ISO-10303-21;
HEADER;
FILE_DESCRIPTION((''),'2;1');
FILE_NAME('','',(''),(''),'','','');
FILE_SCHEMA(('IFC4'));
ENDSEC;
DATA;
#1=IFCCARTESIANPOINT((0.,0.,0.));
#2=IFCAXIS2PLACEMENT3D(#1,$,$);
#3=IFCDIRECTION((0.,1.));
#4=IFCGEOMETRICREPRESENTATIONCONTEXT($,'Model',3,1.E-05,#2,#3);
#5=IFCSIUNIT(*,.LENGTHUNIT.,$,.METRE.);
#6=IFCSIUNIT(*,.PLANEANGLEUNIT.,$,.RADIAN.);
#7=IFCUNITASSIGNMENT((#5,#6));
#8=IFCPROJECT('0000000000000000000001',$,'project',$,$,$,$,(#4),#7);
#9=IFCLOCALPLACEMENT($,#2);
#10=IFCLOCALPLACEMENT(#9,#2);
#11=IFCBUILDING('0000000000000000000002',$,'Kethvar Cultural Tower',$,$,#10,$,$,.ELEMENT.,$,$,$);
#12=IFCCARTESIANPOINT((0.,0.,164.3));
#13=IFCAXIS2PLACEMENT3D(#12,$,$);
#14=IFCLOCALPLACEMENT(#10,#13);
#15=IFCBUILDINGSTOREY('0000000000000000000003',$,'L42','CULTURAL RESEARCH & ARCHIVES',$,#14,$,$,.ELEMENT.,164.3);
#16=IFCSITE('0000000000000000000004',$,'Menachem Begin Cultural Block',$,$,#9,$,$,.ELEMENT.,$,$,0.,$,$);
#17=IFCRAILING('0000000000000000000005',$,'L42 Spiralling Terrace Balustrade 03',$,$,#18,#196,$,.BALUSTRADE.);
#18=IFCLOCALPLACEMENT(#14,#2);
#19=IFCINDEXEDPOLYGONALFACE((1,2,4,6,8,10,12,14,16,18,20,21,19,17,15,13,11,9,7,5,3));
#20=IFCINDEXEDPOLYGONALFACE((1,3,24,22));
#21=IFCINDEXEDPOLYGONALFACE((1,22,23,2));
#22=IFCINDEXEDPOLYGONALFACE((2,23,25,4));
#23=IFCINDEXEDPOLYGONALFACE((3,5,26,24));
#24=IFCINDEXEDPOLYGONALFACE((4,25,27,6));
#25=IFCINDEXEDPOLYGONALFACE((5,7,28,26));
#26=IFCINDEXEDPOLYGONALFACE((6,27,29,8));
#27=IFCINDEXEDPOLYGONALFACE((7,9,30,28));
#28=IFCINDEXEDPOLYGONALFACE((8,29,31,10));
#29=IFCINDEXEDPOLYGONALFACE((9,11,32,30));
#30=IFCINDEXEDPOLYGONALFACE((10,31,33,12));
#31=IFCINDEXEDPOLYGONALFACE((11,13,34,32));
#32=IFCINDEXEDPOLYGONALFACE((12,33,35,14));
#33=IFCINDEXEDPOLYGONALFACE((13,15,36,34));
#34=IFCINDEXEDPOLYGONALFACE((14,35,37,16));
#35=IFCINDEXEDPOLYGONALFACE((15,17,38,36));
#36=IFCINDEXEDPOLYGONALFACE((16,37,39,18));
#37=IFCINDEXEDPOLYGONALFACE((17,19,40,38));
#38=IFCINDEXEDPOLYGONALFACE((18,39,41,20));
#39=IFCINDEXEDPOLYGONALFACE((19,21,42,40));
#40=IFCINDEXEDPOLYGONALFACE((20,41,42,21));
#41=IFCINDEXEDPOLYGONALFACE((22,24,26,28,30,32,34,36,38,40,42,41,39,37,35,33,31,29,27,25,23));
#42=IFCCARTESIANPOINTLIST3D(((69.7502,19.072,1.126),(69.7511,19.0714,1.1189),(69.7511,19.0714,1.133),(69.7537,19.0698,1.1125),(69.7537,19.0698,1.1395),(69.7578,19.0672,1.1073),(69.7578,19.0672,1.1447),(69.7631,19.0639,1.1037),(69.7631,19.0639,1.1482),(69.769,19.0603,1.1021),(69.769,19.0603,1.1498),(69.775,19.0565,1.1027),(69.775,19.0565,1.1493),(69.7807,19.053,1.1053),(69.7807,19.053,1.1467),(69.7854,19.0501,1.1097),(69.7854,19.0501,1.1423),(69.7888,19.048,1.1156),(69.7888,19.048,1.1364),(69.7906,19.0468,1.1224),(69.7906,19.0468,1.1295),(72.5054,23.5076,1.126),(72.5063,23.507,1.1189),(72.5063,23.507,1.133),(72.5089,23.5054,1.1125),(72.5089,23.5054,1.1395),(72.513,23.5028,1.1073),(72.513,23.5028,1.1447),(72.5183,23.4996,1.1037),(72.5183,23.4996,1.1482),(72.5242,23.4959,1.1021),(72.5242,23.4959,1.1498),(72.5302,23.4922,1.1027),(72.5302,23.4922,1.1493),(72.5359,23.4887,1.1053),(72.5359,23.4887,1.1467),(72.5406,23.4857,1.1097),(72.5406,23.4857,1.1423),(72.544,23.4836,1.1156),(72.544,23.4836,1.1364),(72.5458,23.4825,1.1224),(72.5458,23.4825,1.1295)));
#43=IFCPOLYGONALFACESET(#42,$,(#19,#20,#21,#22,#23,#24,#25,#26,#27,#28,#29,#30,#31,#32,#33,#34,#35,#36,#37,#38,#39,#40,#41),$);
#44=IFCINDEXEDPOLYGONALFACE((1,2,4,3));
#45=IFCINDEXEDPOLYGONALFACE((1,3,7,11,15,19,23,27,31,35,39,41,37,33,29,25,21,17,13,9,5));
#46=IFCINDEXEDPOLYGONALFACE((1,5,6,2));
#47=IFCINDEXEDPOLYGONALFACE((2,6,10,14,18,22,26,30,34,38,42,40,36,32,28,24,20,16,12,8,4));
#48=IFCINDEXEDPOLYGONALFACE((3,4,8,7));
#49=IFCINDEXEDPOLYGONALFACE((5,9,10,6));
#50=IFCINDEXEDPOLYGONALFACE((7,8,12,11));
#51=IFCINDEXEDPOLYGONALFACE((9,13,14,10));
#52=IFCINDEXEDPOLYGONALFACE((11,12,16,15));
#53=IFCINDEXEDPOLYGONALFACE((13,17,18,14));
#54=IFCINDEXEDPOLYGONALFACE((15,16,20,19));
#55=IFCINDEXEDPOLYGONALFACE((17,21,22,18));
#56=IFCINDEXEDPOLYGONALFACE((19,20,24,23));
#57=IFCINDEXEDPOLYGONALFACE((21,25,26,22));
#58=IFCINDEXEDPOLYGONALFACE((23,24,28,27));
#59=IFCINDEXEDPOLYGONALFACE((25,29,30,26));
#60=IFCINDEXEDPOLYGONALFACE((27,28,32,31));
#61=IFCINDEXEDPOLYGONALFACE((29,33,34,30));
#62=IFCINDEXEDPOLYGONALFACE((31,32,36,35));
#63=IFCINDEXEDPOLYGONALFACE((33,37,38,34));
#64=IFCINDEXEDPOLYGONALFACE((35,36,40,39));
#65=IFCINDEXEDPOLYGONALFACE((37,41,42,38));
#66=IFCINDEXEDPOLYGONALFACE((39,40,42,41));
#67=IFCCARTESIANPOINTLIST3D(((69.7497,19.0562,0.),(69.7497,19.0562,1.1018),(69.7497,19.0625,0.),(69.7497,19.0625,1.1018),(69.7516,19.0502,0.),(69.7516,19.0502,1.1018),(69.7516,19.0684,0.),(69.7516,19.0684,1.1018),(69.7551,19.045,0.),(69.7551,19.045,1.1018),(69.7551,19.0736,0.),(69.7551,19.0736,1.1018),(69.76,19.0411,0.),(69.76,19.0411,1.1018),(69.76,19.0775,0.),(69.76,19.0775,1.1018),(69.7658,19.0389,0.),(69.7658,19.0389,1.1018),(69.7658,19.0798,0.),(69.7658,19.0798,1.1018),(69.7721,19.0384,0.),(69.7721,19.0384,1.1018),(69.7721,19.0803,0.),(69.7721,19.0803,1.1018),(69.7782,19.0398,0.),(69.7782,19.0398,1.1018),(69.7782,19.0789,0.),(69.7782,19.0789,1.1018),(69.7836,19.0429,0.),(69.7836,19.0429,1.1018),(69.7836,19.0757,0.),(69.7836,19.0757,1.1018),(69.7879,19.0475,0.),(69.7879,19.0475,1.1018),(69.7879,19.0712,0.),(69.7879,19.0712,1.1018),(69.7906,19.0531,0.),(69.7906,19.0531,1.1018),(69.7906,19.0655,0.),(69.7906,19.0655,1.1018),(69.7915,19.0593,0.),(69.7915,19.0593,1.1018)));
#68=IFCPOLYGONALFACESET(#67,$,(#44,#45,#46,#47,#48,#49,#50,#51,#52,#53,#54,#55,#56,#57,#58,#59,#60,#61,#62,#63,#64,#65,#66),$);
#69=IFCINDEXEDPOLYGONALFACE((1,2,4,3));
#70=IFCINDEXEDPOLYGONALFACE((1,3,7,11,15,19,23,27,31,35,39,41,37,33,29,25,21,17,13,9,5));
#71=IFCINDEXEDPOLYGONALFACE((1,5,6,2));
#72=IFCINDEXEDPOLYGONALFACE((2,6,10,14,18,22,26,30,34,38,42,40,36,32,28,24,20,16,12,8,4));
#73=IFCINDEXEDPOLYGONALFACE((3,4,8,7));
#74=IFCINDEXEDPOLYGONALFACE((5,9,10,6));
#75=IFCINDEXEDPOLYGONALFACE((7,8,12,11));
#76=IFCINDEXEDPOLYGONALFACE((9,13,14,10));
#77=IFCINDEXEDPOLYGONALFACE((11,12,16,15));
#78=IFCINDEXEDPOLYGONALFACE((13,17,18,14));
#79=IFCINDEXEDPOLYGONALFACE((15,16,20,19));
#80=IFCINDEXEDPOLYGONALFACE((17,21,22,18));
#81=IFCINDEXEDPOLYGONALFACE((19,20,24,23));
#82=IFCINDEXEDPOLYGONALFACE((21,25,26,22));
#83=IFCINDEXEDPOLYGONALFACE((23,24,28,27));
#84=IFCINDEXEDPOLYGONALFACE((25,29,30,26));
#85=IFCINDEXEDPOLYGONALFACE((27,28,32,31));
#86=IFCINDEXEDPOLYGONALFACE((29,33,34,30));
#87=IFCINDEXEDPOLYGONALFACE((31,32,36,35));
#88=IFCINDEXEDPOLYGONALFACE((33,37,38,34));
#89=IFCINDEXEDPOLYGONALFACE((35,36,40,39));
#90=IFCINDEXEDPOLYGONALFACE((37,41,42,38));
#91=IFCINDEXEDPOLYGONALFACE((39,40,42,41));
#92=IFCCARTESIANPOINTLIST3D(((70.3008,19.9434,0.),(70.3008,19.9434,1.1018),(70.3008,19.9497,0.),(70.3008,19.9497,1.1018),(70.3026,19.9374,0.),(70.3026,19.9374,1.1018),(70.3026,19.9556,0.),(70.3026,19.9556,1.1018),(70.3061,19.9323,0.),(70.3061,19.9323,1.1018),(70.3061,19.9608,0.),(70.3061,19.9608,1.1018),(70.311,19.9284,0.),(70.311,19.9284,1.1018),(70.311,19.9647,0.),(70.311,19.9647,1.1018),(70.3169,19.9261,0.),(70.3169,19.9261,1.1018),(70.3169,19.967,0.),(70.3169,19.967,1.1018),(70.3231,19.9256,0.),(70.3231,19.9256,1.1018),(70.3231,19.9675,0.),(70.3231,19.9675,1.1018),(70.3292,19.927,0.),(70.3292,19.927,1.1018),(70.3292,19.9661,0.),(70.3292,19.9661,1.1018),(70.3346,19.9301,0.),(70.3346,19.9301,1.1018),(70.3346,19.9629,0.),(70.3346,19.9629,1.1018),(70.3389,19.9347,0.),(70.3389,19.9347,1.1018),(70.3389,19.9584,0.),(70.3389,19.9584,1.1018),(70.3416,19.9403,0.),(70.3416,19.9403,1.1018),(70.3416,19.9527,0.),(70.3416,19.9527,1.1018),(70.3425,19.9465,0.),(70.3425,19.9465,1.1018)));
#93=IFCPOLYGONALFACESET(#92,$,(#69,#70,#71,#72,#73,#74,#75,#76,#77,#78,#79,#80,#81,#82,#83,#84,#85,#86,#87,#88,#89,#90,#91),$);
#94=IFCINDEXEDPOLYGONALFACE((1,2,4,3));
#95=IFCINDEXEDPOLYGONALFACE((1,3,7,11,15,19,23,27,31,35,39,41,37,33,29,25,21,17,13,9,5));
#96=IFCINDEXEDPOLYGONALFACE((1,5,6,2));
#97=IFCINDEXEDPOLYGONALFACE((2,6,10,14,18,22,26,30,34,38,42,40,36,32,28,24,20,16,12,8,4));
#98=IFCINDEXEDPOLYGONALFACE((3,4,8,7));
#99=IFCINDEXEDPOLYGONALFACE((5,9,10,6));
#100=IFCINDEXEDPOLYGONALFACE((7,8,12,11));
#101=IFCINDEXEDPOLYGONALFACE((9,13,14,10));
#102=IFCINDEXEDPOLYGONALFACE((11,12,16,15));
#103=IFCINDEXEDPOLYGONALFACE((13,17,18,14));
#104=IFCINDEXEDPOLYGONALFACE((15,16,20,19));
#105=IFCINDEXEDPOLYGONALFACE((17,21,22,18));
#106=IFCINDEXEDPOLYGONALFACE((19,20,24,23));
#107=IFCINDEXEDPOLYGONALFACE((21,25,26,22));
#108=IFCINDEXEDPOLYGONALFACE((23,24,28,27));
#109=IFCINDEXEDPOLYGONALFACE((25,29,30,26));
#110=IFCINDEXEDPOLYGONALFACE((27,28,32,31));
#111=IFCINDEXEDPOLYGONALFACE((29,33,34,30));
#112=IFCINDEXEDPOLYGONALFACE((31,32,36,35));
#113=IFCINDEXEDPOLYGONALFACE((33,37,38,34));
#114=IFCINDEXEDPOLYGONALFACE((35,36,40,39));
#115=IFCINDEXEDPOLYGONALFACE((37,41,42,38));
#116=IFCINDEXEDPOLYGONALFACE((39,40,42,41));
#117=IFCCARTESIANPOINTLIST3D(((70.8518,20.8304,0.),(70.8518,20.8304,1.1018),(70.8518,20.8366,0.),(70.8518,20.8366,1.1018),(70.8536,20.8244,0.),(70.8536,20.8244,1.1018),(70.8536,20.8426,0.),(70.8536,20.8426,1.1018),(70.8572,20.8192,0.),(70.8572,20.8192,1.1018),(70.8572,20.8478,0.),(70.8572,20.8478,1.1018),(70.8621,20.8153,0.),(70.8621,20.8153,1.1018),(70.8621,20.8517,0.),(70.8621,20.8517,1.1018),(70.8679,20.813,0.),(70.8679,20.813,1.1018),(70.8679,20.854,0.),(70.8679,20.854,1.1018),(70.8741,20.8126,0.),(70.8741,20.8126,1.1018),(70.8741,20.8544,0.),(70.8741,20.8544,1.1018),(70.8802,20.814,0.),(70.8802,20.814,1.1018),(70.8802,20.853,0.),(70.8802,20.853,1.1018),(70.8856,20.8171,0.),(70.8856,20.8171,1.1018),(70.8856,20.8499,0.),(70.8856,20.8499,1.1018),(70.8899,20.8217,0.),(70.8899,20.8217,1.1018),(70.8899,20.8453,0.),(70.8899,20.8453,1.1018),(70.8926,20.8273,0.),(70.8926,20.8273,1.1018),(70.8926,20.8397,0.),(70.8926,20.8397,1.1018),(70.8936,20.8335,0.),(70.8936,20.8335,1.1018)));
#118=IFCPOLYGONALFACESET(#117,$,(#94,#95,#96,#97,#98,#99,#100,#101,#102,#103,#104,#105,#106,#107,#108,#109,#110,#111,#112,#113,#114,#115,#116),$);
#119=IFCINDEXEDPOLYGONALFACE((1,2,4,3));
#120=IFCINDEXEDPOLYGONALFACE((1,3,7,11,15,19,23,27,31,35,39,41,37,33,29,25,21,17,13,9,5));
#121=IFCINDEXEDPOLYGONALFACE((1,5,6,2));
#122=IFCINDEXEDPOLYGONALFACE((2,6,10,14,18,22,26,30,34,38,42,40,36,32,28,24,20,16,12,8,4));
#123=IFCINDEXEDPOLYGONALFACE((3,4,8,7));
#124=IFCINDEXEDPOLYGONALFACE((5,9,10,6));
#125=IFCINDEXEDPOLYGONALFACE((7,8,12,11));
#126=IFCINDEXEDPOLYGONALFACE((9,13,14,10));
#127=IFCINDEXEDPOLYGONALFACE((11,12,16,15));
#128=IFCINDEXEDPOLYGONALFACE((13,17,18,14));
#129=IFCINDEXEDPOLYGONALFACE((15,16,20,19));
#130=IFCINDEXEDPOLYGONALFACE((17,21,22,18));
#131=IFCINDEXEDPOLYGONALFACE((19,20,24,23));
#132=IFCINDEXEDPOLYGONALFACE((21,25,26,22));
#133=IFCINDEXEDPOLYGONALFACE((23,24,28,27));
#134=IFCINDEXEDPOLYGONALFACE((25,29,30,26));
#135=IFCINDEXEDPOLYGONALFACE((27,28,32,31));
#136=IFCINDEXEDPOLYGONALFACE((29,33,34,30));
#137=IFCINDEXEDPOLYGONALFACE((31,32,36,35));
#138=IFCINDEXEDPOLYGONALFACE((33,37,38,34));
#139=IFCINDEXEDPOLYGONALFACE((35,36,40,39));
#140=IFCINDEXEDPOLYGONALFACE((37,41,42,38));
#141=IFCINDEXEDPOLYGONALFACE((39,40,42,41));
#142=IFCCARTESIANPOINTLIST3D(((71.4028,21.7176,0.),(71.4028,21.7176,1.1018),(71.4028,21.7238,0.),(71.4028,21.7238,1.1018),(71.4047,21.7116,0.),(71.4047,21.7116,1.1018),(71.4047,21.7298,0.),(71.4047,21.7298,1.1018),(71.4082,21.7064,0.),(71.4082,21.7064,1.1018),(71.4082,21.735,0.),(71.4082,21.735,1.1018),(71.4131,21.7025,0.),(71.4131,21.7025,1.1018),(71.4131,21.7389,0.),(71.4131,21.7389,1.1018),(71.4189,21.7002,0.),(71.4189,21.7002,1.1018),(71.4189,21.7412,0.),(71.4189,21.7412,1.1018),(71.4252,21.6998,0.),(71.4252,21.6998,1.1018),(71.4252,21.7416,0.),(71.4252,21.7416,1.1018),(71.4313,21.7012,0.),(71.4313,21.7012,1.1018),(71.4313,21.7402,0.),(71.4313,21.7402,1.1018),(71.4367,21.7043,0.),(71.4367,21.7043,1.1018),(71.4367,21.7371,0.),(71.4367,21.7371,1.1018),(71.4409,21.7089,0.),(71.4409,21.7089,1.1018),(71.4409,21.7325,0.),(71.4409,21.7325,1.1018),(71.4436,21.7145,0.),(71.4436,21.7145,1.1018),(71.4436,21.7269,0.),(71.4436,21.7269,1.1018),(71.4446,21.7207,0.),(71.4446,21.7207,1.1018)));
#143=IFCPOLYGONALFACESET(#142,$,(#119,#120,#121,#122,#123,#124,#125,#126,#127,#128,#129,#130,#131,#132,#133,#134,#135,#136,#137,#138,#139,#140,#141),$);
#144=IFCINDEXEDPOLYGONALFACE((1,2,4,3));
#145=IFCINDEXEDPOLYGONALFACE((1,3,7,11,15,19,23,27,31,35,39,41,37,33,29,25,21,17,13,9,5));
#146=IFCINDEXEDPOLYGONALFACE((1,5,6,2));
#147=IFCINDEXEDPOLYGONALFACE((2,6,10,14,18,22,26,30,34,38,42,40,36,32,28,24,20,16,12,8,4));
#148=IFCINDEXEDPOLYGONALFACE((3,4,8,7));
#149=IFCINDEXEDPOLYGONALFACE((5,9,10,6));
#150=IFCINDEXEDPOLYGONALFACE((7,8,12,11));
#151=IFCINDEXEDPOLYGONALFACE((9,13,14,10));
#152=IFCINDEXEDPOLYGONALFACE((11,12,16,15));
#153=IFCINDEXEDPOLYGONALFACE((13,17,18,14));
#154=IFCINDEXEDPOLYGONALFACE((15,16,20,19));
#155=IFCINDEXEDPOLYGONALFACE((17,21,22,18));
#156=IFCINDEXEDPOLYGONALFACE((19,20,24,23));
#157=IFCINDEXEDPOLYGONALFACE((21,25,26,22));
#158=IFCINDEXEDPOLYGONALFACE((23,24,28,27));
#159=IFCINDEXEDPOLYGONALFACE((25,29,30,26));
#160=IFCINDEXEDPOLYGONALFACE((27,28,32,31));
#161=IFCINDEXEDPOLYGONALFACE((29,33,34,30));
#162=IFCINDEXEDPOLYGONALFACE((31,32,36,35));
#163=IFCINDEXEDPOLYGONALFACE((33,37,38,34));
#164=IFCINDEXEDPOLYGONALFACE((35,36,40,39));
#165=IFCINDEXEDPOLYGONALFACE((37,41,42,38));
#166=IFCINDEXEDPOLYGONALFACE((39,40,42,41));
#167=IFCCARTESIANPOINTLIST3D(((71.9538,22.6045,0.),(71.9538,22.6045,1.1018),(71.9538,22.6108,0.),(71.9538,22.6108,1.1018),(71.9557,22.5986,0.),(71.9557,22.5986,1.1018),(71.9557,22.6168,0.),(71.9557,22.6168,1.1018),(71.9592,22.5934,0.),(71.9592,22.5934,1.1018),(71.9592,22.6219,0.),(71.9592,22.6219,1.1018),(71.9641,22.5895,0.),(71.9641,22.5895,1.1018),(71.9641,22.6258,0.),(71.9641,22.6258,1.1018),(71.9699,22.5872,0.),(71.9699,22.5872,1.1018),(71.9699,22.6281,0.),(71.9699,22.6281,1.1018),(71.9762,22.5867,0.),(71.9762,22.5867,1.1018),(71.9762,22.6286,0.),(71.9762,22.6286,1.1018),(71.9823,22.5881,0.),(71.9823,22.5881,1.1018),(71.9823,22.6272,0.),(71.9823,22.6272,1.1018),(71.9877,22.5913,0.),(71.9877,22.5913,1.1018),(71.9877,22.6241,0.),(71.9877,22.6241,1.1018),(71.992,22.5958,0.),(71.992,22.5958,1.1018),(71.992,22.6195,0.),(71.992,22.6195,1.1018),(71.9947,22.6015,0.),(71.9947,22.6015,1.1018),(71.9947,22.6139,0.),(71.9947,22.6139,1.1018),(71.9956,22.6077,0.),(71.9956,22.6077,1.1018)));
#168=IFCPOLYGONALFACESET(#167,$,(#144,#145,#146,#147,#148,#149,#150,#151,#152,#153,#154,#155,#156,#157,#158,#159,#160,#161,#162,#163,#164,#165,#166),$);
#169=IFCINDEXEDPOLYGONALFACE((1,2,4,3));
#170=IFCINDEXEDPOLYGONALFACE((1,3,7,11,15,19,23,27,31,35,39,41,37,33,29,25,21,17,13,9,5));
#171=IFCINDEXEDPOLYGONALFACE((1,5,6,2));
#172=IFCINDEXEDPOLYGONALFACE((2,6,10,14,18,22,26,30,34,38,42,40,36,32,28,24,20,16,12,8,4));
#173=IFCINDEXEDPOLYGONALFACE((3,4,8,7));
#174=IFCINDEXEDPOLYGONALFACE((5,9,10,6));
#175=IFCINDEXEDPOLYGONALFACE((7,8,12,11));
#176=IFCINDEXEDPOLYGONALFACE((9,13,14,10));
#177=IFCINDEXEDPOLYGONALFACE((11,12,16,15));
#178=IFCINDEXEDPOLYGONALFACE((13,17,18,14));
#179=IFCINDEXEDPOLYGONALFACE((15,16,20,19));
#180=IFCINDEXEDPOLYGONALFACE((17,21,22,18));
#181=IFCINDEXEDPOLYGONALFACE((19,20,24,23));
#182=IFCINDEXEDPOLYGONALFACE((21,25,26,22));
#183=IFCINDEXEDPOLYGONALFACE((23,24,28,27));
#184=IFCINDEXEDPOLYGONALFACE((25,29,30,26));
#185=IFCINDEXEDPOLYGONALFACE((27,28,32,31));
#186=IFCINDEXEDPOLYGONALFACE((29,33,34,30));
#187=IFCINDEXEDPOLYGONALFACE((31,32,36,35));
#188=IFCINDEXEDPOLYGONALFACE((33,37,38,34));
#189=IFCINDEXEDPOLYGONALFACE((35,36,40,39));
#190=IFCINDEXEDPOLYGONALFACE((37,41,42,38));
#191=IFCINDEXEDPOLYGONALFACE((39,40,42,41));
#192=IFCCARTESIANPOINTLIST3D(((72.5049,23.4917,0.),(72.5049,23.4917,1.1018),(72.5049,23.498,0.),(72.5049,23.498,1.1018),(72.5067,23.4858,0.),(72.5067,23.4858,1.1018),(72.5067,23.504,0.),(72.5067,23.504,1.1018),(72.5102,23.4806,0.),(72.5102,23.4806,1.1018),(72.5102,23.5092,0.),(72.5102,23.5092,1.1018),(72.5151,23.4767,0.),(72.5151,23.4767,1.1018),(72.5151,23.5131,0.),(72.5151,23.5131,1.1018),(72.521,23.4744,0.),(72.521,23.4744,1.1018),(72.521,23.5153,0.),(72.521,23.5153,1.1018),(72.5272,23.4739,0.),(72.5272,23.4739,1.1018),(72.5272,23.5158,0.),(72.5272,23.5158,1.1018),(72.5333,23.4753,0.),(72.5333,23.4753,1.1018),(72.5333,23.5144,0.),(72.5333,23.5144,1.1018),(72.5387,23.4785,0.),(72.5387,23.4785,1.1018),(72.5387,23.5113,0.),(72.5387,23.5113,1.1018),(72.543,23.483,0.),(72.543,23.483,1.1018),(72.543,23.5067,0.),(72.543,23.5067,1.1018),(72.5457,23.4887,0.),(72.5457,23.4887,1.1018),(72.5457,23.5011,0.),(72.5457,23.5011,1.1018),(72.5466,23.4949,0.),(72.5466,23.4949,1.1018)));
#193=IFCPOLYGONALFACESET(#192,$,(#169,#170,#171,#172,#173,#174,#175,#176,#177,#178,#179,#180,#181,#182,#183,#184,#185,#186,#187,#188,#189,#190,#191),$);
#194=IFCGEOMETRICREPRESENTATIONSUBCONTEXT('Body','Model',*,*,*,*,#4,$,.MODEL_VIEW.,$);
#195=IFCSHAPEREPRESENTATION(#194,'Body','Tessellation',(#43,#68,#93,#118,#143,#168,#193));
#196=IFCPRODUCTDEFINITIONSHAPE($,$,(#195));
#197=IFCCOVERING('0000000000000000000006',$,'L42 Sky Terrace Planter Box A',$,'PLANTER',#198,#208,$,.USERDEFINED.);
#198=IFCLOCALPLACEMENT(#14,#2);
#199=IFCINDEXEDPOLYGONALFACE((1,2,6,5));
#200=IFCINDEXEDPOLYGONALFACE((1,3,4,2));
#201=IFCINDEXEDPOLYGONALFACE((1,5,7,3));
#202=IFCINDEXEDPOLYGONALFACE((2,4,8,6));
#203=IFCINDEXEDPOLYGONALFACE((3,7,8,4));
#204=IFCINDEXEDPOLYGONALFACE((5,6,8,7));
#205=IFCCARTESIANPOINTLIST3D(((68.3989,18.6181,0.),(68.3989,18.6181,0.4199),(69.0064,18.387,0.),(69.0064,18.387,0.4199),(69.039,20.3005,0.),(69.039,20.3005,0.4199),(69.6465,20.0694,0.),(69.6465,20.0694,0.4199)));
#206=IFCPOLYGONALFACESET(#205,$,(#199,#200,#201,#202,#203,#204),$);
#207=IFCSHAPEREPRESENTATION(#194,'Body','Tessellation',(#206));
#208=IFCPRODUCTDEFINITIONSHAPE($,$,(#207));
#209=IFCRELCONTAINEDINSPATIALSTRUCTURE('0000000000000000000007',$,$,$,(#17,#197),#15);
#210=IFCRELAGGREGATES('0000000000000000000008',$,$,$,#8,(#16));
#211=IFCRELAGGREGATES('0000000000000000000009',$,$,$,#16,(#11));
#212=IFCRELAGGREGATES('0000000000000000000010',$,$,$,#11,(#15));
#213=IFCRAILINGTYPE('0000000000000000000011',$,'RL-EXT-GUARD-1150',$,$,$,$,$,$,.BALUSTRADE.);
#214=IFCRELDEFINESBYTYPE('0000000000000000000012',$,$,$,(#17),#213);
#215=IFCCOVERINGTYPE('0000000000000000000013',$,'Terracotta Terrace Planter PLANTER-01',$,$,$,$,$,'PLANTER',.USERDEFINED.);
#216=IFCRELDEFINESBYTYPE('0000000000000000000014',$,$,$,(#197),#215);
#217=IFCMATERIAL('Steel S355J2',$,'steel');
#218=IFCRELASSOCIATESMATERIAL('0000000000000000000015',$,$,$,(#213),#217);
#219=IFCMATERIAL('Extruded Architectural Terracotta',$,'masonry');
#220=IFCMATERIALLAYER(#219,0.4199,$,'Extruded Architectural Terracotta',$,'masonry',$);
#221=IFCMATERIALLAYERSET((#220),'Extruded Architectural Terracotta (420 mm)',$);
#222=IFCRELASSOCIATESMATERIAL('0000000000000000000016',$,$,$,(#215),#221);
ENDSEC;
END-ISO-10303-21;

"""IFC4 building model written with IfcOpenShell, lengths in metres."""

from ifc_helpers import new_model, si_unit, direction, frame, origin, origin_2d, place, context, subcontext, project, spatial, rectangle, circle, extrude, source, transform, mapped, material, layer, layer_set, type_object, element, save


model = new_model("IFC4")

# Units and contexts
model_context = context("Model", 3, precision=1e-05, world=origin(), true_north=direction((0.0, 1.0)))
body_context = subcontext(model_context, "Body", "Model", "MODEL_VIEW")
ifc_project = project(units=[si_unit("LENGTHUNIT", "METRE"), si_unit("PLANEANGLEUNIT", "RADIAN")], contexts=[model_context])

# Site, building, storey
site_placement = place(None, origin())
site = spatial("IfcSite", under=ifc_project, at=site_placement, Name="Menachem Begin Cultural Block", CompositionType="ELEMENT", RefElevation=0.0)
building_placement = place(site_placement, origin())
building = spatial("IfcBuilding", under=site, at=building_placement, Name="Kethvar Cultural Tower", CompositionType="ELEMENT")
storey_placement = place(building_placement, frame((0.0, 0.0, 164.3)))
storey = spatial("IfcBuildingStorey", under=building, at=storey_placement, Name="L42", Description="CULTURAL RESEARCH & ARCHIVES", CompositionType="ELEMENT", Elevation=164.3)

# Shared definitions
ifc_material_1 = material(Name="Steel S355J2", Category="steel")

# Railing
railing_type = type_object("IfcRailingType", Name="RL-EXT-GUARD-1150", PredefinedType="BALUSTRADE", material=ifc_material_1)
railing_1_placement = place(storey_placement, frame((69.7705, 19.0593, 0.0)))
element("IfcRailing", 1, at=railing_1_placement, inside=storey, type_object=railing_type, Name="L42 Spiralling Terrace Balustrade 03", PredefinedType="BALUSTRADE", context=body_context, shape_type="SweptSolid", body=[
    extrude(circle(Radius=0.0239, at=origin_2d()), frame((0.0, 0.0, 1.126), z_axis=(0.527643, 0.849466, 0.0), x_axis=(-0.849466, 0.527643, 0.0)), (0.0, 0.0, 1.0), 5.2217),
    extrude(circle(Radius=0.021, at=origin_2d()), origin(), (0.0, 0.0, 1.0), 1.1018),
    extrude(circle(Radius=0.021, at=origin_2d()), frame((0.551, 0.8872, 0.0)), (0.0, 0.0, 1.0), 1.1018),
    extrude(circle(Radius=0.021, at=origin_2d()), frame((1.1021, 1.7742, 0.0)), (0.0, 0.0, 1.0), 1.1018),
    extrude(circle(Radius=0.021, at=origin_2d()), frame((1.6531, 2.6614, 0.0)), (0.0, 0.0, 1.0), 1.1018),
    extrude(circle(Radius=0.021, at=origin_2d()), frame((2.2041, 3.5483, 0.0)), (0.0, 0.0, 1.0), 1.1018),
    extrude(circle(Radius=0.021, at=origin_2d()), frame((2.7551, 4.4355, 0.0)), (0.0, 0.0, 1.0), 1.1018),
])

# Covering
ifc_material_2 = material(Name="Extruded Architectural Terracotta", Category="masonry")
ifc_layer_1 = layer(ifc_material_2, 0.4199, Name="Extruded Architectural Terracotta", Category="masonry")
ifc_layer_set_1 = layer_set([ifc_layer_1], Name="Extruded Architectural Terracotta (420 mm)")
covering_type_1 = type_object("IfcCoveringType", Name="Terracotta Terrace Planter PLANTER-01", ElementType="PLANTER", PredefinedType="USERDEFINED", material=ifc_layer_set_1)
shared_shape_1 = source(origin(), body_context, "Body", "SweptSolid", [
    extrude(rectangle(XDim=1.8, YDim=0.6499, at=origin_2d()), origin(), (0.0, 0.0, 1.0), 0.4199),
])
covering_placement = place(storey_placement, frame((69.0227, 19.3438, 0.0), z_axis=(0.0, 0.0, 1.0), x_axis=(0.355596, 0.93464, 0.0)))
element("IfcCovering", 2, at=covering_placement, inside=storey, type_object=covering_type_1, Name="L42 Sky Terrace Planter Box A", ObjectType="PLANTER", PredefinedType="USERDEFINED", context=body_context, shape_type="MappedRepresentation", body=[
    mapped(shared_shape_1, transform((0.0, 0.0, 0.0), scale=1.0)),
])

save(model, "model.ifc")
